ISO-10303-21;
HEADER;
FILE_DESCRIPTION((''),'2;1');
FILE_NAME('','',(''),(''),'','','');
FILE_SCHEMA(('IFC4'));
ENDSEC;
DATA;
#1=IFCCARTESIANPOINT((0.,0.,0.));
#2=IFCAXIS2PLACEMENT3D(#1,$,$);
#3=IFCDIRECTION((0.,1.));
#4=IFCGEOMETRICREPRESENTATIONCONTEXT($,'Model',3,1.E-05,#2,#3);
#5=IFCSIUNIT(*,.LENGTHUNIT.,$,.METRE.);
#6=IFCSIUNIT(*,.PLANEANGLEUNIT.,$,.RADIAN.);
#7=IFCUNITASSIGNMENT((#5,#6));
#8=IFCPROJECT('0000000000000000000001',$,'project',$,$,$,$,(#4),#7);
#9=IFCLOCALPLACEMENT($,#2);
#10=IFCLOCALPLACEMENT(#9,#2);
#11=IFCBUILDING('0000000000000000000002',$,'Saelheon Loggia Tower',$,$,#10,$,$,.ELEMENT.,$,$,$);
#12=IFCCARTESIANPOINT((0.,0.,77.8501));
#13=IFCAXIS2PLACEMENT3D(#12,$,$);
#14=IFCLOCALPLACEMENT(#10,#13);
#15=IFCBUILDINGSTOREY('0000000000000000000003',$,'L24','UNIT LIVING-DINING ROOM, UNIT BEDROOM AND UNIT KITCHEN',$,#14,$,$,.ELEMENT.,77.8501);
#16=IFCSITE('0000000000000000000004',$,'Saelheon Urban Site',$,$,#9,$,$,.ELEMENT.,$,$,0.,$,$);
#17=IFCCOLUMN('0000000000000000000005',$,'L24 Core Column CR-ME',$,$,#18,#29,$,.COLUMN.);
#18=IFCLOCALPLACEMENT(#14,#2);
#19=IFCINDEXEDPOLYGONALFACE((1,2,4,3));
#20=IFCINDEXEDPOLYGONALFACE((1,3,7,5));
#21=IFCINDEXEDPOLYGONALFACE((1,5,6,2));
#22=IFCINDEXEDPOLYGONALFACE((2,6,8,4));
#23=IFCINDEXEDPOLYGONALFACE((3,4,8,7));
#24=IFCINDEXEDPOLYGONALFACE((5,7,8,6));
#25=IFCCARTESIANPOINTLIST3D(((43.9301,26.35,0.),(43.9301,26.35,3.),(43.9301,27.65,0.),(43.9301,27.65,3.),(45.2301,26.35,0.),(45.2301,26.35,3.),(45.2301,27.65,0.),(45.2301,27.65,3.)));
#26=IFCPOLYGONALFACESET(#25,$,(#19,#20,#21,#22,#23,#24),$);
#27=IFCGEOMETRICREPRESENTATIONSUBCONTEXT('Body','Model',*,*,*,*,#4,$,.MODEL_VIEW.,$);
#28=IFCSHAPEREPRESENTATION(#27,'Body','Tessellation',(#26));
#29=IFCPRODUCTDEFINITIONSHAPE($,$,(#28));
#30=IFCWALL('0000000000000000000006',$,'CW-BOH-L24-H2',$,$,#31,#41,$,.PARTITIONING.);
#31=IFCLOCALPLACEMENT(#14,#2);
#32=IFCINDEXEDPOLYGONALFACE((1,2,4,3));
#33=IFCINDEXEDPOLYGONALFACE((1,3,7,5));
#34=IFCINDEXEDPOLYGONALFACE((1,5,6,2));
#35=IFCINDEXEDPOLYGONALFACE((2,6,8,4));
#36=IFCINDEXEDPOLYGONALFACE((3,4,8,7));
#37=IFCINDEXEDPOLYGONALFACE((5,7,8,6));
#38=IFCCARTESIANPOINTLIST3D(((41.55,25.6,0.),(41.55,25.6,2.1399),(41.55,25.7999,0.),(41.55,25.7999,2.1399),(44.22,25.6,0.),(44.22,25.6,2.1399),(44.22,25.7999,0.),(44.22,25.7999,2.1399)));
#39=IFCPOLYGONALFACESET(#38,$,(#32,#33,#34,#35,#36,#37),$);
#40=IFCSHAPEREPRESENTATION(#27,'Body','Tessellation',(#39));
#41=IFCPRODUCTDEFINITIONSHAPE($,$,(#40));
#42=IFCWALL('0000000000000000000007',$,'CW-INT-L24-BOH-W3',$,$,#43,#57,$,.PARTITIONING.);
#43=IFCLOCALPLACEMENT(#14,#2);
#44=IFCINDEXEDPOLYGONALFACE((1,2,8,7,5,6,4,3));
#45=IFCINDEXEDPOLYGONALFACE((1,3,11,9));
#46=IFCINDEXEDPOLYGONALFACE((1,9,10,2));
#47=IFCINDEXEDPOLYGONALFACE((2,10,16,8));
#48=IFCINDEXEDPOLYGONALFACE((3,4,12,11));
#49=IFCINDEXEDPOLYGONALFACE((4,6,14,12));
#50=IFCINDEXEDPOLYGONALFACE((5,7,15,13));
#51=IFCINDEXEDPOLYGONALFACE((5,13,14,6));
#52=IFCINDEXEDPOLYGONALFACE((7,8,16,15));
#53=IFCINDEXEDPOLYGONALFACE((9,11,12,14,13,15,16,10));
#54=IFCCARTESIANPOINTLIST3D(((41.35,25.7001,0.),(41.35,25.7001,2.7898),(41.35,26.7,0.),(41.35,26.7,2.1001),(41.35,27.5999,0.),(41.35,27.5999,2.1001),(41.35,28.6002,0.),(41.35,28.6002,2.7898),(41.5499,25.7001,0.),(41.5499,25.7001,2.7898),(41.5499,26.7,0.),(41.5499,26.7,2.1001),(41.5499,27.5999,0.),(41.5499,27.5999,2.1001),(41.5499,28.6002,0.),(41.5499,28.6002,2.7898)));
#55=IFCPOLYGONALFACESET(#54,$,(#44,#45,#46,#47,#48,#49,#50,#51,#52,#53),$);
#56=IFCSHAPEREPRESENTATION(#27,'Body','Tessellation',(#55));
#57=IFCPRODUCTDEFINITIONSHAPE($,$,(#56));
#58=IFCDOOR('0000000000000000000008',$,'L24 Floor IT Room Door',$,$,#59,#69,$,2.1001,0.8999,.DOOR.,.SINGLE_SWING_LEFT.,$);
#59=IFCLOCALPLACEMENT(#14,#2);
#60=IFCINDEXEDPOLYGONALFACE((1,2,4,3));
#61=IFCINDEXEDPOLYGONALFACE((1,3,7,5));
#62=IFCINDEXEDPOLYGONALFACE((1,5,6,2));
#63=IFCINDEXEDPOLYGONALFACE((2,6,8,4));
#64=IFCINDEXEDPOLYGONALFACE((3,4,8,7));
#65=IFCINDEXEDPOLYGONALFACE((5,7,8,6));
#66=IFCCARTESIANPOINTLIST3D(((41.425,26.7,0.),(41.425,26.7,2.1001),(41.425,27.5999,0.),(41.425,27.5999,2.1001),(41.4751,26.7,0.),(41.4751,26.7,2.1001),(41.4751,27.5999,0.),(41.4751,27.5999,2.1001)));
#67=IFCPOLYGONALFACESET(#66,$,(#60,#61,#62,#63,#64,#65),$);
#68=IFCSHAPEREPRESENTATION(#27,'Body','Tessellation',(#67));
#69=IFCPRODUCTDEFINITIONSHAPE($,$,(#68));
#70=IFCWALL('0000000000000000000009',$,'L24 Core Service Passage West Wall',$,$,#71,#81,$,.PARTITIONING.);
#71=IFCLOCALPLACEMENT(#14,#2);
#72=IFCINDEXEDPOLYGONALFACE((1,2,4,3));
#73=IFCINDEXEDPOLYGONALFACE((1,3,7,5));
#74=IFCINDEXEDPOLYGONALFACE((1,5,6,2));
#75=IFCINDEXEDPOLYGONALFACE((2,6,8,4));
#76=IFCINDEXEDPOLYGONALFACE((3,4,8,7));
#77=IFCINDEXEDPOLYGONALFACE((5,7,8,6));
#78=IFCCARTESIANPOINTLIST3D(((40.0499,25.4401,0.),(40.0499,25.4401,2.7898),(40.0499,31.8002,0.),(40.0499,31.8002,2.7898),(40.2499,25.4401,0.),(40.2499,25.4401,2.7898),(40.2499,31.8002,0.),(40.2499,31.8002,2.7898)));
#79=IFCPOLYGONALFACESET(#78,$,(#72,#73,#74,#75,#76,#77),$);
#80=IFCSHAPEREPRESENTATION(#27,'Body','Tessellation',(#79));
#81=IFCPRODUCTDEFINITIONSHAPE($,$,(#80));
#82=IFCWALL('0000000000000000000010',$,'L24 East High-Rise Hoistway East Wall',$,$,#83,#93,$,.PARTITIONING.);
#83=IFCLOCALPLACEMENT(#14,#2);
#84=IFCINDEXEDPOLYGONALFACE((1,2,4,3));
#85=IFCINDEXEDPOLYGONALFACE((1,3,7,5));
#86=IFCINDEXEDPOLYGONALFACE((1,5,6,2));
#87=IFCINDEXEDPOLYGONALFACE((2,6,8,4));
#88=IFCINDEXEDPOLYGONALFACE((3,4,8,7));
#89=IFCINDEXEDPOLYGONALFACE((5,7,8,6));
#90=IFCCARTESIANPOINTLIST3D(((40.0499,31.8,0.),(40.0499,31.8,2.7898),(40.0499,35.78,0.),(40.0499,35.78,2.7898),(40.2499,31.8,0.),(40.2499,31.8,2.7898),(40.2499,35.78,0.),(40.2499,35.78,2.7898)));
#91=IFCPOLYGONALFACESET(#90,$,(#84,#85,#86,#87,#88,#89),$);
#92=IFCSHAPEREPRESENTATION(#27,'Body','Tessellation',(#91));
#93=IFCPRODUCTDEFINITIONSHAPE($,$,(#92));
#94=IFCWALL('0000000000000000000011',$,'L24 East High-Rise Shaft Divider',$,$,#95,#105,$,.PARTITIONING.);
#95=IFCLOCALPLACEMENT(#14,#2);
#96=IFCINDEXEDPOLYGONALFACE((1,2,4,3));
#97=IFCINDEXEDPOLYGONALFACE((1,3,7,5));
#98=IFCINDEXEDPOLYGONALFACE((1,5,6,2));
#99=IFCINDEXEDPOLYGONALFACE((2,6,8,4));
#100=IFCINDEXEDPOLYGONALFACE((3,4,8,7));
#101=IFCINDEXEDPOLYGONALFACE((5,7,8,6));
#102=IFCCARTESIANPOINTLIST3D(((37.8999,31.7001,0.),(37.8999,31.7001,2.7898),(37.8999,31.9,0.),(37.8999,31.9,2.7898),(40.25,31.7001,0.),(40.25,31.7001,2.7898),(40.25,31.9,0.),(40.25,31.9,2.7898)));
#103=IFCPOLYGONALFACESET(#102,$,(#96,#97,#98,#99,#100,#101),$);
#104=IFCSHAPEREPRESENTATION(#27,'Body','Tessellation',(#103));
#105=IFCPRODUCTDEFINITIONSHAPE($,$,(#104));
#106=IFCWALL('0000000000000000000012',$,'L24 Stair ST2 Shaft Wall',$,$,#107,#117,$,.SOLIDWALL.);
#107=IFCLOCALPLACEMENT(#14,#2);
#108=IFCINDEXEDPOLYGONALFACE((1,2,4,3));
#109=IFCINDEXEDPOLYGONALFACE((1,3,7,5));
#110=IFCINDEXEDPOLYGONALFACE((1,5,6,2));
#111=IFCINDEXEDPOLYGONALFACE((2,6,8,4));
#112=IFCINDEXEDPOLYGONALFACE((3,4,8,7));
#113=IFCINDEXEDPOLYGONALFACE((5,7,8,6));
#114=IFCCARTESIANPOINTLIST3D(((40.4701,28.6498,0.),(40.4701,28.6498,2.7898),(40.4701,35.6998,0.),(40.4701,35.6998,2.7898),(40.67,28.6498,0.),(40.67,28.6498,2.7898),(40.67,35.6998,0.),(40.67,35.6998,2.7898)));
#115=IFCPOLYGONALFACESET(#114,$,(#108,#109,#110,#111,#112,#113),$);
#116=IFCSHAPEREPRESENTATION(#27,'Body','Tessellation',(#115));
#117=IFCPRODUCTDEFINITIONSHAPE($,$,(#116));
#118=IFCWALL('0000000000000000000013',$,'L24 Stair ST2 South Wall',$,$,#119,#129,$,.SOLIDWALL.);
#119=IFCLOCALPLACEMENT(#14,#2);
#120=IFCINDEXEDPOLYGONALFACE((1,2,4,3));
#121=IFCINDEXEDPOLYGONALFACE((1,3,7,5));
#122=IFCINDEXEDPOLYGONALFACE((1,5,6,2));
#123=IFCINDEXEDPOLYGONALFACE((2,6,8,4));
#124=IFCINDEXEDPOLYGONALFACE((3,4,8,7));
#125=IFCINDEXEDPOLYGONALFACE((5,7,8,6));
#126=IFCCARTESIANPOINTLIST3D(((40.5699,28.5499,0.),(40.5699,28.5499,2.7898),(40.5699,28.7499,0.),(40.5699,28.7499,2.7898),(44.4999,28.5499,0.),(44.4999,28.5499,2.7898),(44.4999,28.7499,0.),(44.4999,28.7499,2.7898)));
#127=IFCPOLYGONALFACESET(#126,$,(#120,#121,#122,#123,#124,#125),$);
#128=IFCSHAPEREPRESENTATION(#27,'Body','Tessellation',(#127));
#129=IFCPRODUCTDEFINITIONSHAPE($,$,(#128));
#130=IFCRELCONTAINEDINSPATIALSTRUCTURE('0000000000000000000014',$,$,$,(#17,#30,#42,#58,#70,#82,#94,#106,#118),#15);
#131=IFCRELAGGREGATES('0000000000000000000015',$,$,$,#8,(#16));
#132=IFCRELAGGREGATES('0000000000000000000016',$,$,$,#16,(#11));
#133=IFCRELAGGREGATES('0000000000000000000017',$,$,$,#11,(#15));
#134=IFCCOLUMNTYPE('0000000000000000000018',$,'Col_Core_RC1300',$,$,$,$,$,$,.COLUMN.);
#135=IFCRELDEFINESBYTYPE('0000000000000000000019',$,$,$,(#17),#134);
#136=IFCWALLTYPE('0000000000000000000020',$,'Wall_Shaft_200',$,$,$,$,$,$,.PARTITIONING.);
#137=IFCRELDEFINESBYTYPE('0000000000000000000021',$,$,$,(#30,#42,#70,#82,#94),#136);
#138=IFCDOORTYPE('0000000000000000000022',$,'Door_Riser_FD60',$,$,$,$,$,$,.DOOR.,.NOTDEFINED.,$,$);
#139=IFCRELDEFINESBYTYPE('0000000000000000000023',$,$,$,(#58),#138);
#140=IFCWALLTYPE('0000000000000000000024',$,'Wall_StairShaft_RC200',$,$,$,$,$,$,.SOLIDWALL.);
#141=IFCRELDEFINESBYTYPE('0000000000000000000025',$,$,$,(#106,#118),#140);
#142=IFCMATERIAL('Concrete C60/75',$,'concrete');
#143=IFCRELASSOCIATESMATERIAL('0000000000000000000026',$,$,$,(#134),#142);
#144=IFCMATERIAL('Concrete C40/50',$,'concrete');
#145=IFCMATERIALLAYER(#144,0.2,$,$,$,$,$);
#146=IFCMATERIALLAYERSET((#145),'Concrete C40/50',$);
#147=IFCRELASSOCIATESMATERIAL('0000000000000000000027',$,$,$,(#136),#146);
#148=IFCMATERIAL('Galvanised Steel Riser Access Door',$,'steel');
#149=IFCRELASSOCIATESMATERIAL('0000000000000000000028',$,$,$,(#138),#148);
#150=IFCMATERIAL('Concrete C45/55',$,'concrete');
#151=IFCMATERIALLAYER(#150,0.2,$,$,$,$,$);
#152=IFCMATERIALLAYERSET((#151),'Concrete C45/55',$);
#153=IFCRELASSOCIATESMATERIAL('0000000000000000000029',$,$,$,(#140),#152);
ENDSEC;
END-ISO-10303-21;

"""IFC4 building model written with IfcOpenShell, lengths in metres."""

from ifc_helpers import new_model, si_unit, direction, frame, frame_2d, origin, origin_2d, place, context, subcontext, project, spatial, rectangle, extrude, source, transform, mapped, material, layer, layer_set, material_profile, profile_set, type_object, element, fill, save


model = new_model("IFC4")

# Units and contexts
model_context = context("Model", 3, precision=1e-05, world=origin(), true_north=direction((0.0, 1.0)))
body_context = subcontext(model_context, "Body", "Model", "MODEL_VIEW")
ifc_project = project(units=[si_unit("LENGTHUNIT", "METRE"), si_unit("PLANEANGLEUNIT", "RADIAN")], contexts=[model_context])

# Site, building, storey
site_placement = place(None, origin())
site = spatial("IfcSite", under=ifc_project, at=site_placement, Name="Saelheon Urban Site", CompositionType="ELEMENT", RefElevation=0.0)
building_placement = place(site_placement, origin())
building = spatial("IfcBuilding", under=site, at=building_placement, Name="Saelheon Loggia Tower", CompositionType="ELEMENT")
storey_placement = place(building_placement, frame((0.0, 0.0, 77.8501)))
storey = spatial("IfcBuildingStorey", under=building, at=storey_placement, Name="L24", Description="UNIT LIVING-DINING ROOM, UNIT BEDROOM AND UNIT KITCHEN", CompositionType="ELEMENT", Elevation=77.8501)

# Column
ifc_material_1 = material(Name="Concrete C60/75", Category="concrete")
ifc_material_profile = material_profile(ifc_material_1, rectangle(XDim=1.3, YDim=1.3, at=origin_2d()), Name="RC-1300x1300")
ifc_profile_set = profile_set([ifc_material_profile], Name="Concrete C60/75")
column_type = type_object("IfcColumnType", Name="Col_Core_RC1300", PredefinedType="COLUMN", material=ifc_profile_set)
shared_shape_1 = source(origin(), body_context, "Body", "SweptSolid", [
    extrude(rectangle(XDim=1.3, YDim=1.3, at=origin_2d()), origin(), (0.0, 0.0, 1.0), 3.0),
])
column_placement = place(storey_placement, frame((44.5801, 27.0, 0.0), z_axis=(0.0, 0.0, 1.0), x_axis=(1.0, 0.0, 0.0)))
element("IfcColumn", 1, at=column_placement, inside=storey, type_object=column_type, Name="L24 Core Column CR-ME", PredefinedType="COLUMN", context=body_context, shape_type="MappedRepresentation", body=[
    mapped(shared_shape_1, transform((0.0, 0.0, 0.0), scale=1.0)),
])

# Wall
ifc_material_2 = material(Name="Concrete C40/50", Category="concrete")
ifc_layer_1 = layer(ifc_material_2, 0.2)
ifc_layer_set_1 = layer_set([ifc_layer_1], Name="Concrete C40/50")
wall_type_1 = type_object("IfcWallType", Name="Wall_Shaft_200", PredefinedType="PARTITIONING", material=ifc_layer_set_1)
wall_1_placement = place(storey_placement, frame((41.55, 25.7, 0.0), z_axis=(0.0, 0.0, 1.0), x_axis=(1.0, 0.0, 0.0)))
element("IfcWall", 2, at=wall_1_placement, inside=storey, type_object=wall_type_1, Name="CW-BOH-L24-H2", PredefinedType="PARTITIONING", context=body_context, shape_type="SweptSolid", body=[
    extrude(rectangle(XDim=2.6699, YDim=0.2, at=frame_2d((1.335, 0.0))), origin(), (0.0, 0.0, 1.0), 2.1399),
])

# Wall, opening, door
wall_2_placement = place(storey_placement, frame((41.45, 25.7, 0.0), z_axis=(0.0, 0.0, 1.0), x_axis=(0.0, 1.0, 0.0)))
wall_2 = element("IfcWall", 3, at=wall_2_placement, inside=storey, type_object=wall_type_1, Name="CW-INT-L24-BOH-W3", PredefinedType="PARTITIONING", context=body_context, shape_type="SweptSolid", body=[
    extrude(rectangle(XDim=2.9001, YDim=0.2, at=frame_2d((1.4502, 0.0))), origin(), (0.0, 0.0, 1.0), 2.7898),
])
opening_placement = place(wall_2_placement, frame((1.0, 0.0, 0.0)))
opening = element("IfcOpeningElement", 4, at=opening_placement, cuts=wall_2, PredefinedType="OPENING", context=body_context, shape_type="SweptSolid", body=[
    extrude(rectangle(XDim=0.8999, YDim=2.1001, at=frame_2d((0.45, 1.05))), frame((0.0, 0.1121, 0.0), z_axis=(0.0, -1.0, 0.0), x_axis=(1.0, 0.0, 0.0)), (0.0, 0.0, 1.0), 0.2239),
])
ifc_material_3 = material(Name="Galvanised Steel Riser Access Door", Category="steel")
door_type = type_object("IfcDoorType", Name="Door_Riser_FD60", OperationType="NOTDEFINED", PredefinedType="DOOR", material=ifc_material_3)
shared_shape_2 = source(origin(), body_context, "Body", "SweptSolid", [
    extrude(rectangle(XDim=0.8999, YDim=2.1001, at=frame_2d((0.45, 1.05))), frame((0.0, 0.0249, 0.0), z_axis=(0.0, -1.0, 0.0), x_axis=(1.0, 0.0, 0.0)), (0.0, 0.0, 1.0), 0.05),
])
door_placement = place(opening_placement, origin())
door = element("IfcDoor", 5, at=door_placement, inside=storey, type_object=door_type, Name="L24 Floor IT Room Door", OperationType="SINGLE_SWING_LEFT", OverallHeight=2.1001, OverallWidth=0.8999, PredefinedType="DOOR", context=body_context, shape_type="MappedRepresentation", body=[
    mapped(shared_shape_2, transform((0.0, 0.0, 0.0), scale=1.0)),
])
fill(opening, door)

# Walls
wall_3_placement = place(storey_placement, frame((40.1499, 25.4399, 0.0), z_axis=(0.0, 0.0, 1.0), x_axis=(0.0, 1.0, 0.0)))
element("IfcWall", 6, at=wall_3_placement, inside=storey, type_object=wall_type_1, Name="L24 Core Service Passage West Wall", PredefinedType="PARTITIONING", context=body_context, shape_type="SweptSolid", body=[
    extrude(rectangle(XDim=6.3601, YDim=0.2, at=frame_2d((3.1802, 0.0))), origin(), (0.0, 0.0, 1.0), 2.7898),
])
wall_4_placement = place(storey_placement, frame((40.1499, 31.8, 0.0), z_axis=(0.0, 0.0, 1.0), x_axis=(0.0, 1.0, 0.0)))
element("IfcWall", 7, at=wall_4_placement, inside=storey, type_object=wall_type_1, Name="L24 East High-Rise Hoistway East Wall", PredefinedType="PARTITIONING", context=body_context, shape_type="SweptSolid", body=[
    extrude(rectangle(XDim=3.98, YDim=0.2, at=frame_2d((1.99, 0.0))), origin(), (0.0, 0.0, 1.0), 2.7898),
])
wall_5_placement = place(storey_placement, frame((37.8999, 31.8, 0.0), z_axis=(0.0, 0.0, 1.0), x_axis=(1.0, 0.0, 0.0)))
element("IfcWall", 8, at=wall_5_placement, inside=storey, type_object=wall_type_1, Name="L24 East High-Rise Shaft Divider", PredefinedType="PARTITIONING", context=body_context, shape_type="SweptSolid", body=[
    extrude(rectangle(XDim=2.3501, YDim=0.2, at=frame_2d((1.175, 0.0))), origin(), (0.0, 0.0, 1.0), 2.7898),
])
ifc_material_4 = material(Name="Concrete C45/55", Category="concrete")
ifc_layer_2 = layer(ifc_material_4, 0.2)
ifc_layer_set_2 = layer_set([ifc_layer_2], Name="Concrete C45/55")
wall_type_2 = type_object("IfcWallType", Name="Wall_StairShaft_RC200", PredefinedType="SOLIDWALL", material=ifc_layer_set_2)
wall_6_placement = place(storey_placement, frame((40.5701, 28.6499, 0.0), z_axis=(0.0, 0.0, 1.0), x_axis=(0.0, 1.0, 0.0)))
element("IfcWall", 9, at=wall_6_placement, inside=storey, type_object=wall_type_2, Name="L24 Stair ST2 Shaft Wall", PredefinedType="SOLIDWALL", context=body_context, shape_type="SweptSolid", body=[
    extrude(rectangle(XDim=7.05, YDim=0.2, at=frame_2d((3.5249, 0.0))), origin(), (0.0, 0.0, 1.0), 2.7898),
])
wall_7_placement = place(storey_placement, frame((40.5701, 28.6499, 0.0), z_axis=(0.0, 0.0, 1.0), x_axis=(1.0, 0.0, 0.0)))
element("IfcWall", 10, at=wall_7_placement, inside=storey, type_object=wall_type_2, Name="L24 Stair ST2 South Wall", PredefinedType="SOLIDWALL", context=body_context, shape_type="SweptSolid", body=[
    extrude(rectangle(XDim=3.9299, YDim=0.2, at=frame_2d((1.9648, 0.0))), origin(), (0.0, 0.0, 1.0), 2.7898),
])

save(model, "model.ifc")
